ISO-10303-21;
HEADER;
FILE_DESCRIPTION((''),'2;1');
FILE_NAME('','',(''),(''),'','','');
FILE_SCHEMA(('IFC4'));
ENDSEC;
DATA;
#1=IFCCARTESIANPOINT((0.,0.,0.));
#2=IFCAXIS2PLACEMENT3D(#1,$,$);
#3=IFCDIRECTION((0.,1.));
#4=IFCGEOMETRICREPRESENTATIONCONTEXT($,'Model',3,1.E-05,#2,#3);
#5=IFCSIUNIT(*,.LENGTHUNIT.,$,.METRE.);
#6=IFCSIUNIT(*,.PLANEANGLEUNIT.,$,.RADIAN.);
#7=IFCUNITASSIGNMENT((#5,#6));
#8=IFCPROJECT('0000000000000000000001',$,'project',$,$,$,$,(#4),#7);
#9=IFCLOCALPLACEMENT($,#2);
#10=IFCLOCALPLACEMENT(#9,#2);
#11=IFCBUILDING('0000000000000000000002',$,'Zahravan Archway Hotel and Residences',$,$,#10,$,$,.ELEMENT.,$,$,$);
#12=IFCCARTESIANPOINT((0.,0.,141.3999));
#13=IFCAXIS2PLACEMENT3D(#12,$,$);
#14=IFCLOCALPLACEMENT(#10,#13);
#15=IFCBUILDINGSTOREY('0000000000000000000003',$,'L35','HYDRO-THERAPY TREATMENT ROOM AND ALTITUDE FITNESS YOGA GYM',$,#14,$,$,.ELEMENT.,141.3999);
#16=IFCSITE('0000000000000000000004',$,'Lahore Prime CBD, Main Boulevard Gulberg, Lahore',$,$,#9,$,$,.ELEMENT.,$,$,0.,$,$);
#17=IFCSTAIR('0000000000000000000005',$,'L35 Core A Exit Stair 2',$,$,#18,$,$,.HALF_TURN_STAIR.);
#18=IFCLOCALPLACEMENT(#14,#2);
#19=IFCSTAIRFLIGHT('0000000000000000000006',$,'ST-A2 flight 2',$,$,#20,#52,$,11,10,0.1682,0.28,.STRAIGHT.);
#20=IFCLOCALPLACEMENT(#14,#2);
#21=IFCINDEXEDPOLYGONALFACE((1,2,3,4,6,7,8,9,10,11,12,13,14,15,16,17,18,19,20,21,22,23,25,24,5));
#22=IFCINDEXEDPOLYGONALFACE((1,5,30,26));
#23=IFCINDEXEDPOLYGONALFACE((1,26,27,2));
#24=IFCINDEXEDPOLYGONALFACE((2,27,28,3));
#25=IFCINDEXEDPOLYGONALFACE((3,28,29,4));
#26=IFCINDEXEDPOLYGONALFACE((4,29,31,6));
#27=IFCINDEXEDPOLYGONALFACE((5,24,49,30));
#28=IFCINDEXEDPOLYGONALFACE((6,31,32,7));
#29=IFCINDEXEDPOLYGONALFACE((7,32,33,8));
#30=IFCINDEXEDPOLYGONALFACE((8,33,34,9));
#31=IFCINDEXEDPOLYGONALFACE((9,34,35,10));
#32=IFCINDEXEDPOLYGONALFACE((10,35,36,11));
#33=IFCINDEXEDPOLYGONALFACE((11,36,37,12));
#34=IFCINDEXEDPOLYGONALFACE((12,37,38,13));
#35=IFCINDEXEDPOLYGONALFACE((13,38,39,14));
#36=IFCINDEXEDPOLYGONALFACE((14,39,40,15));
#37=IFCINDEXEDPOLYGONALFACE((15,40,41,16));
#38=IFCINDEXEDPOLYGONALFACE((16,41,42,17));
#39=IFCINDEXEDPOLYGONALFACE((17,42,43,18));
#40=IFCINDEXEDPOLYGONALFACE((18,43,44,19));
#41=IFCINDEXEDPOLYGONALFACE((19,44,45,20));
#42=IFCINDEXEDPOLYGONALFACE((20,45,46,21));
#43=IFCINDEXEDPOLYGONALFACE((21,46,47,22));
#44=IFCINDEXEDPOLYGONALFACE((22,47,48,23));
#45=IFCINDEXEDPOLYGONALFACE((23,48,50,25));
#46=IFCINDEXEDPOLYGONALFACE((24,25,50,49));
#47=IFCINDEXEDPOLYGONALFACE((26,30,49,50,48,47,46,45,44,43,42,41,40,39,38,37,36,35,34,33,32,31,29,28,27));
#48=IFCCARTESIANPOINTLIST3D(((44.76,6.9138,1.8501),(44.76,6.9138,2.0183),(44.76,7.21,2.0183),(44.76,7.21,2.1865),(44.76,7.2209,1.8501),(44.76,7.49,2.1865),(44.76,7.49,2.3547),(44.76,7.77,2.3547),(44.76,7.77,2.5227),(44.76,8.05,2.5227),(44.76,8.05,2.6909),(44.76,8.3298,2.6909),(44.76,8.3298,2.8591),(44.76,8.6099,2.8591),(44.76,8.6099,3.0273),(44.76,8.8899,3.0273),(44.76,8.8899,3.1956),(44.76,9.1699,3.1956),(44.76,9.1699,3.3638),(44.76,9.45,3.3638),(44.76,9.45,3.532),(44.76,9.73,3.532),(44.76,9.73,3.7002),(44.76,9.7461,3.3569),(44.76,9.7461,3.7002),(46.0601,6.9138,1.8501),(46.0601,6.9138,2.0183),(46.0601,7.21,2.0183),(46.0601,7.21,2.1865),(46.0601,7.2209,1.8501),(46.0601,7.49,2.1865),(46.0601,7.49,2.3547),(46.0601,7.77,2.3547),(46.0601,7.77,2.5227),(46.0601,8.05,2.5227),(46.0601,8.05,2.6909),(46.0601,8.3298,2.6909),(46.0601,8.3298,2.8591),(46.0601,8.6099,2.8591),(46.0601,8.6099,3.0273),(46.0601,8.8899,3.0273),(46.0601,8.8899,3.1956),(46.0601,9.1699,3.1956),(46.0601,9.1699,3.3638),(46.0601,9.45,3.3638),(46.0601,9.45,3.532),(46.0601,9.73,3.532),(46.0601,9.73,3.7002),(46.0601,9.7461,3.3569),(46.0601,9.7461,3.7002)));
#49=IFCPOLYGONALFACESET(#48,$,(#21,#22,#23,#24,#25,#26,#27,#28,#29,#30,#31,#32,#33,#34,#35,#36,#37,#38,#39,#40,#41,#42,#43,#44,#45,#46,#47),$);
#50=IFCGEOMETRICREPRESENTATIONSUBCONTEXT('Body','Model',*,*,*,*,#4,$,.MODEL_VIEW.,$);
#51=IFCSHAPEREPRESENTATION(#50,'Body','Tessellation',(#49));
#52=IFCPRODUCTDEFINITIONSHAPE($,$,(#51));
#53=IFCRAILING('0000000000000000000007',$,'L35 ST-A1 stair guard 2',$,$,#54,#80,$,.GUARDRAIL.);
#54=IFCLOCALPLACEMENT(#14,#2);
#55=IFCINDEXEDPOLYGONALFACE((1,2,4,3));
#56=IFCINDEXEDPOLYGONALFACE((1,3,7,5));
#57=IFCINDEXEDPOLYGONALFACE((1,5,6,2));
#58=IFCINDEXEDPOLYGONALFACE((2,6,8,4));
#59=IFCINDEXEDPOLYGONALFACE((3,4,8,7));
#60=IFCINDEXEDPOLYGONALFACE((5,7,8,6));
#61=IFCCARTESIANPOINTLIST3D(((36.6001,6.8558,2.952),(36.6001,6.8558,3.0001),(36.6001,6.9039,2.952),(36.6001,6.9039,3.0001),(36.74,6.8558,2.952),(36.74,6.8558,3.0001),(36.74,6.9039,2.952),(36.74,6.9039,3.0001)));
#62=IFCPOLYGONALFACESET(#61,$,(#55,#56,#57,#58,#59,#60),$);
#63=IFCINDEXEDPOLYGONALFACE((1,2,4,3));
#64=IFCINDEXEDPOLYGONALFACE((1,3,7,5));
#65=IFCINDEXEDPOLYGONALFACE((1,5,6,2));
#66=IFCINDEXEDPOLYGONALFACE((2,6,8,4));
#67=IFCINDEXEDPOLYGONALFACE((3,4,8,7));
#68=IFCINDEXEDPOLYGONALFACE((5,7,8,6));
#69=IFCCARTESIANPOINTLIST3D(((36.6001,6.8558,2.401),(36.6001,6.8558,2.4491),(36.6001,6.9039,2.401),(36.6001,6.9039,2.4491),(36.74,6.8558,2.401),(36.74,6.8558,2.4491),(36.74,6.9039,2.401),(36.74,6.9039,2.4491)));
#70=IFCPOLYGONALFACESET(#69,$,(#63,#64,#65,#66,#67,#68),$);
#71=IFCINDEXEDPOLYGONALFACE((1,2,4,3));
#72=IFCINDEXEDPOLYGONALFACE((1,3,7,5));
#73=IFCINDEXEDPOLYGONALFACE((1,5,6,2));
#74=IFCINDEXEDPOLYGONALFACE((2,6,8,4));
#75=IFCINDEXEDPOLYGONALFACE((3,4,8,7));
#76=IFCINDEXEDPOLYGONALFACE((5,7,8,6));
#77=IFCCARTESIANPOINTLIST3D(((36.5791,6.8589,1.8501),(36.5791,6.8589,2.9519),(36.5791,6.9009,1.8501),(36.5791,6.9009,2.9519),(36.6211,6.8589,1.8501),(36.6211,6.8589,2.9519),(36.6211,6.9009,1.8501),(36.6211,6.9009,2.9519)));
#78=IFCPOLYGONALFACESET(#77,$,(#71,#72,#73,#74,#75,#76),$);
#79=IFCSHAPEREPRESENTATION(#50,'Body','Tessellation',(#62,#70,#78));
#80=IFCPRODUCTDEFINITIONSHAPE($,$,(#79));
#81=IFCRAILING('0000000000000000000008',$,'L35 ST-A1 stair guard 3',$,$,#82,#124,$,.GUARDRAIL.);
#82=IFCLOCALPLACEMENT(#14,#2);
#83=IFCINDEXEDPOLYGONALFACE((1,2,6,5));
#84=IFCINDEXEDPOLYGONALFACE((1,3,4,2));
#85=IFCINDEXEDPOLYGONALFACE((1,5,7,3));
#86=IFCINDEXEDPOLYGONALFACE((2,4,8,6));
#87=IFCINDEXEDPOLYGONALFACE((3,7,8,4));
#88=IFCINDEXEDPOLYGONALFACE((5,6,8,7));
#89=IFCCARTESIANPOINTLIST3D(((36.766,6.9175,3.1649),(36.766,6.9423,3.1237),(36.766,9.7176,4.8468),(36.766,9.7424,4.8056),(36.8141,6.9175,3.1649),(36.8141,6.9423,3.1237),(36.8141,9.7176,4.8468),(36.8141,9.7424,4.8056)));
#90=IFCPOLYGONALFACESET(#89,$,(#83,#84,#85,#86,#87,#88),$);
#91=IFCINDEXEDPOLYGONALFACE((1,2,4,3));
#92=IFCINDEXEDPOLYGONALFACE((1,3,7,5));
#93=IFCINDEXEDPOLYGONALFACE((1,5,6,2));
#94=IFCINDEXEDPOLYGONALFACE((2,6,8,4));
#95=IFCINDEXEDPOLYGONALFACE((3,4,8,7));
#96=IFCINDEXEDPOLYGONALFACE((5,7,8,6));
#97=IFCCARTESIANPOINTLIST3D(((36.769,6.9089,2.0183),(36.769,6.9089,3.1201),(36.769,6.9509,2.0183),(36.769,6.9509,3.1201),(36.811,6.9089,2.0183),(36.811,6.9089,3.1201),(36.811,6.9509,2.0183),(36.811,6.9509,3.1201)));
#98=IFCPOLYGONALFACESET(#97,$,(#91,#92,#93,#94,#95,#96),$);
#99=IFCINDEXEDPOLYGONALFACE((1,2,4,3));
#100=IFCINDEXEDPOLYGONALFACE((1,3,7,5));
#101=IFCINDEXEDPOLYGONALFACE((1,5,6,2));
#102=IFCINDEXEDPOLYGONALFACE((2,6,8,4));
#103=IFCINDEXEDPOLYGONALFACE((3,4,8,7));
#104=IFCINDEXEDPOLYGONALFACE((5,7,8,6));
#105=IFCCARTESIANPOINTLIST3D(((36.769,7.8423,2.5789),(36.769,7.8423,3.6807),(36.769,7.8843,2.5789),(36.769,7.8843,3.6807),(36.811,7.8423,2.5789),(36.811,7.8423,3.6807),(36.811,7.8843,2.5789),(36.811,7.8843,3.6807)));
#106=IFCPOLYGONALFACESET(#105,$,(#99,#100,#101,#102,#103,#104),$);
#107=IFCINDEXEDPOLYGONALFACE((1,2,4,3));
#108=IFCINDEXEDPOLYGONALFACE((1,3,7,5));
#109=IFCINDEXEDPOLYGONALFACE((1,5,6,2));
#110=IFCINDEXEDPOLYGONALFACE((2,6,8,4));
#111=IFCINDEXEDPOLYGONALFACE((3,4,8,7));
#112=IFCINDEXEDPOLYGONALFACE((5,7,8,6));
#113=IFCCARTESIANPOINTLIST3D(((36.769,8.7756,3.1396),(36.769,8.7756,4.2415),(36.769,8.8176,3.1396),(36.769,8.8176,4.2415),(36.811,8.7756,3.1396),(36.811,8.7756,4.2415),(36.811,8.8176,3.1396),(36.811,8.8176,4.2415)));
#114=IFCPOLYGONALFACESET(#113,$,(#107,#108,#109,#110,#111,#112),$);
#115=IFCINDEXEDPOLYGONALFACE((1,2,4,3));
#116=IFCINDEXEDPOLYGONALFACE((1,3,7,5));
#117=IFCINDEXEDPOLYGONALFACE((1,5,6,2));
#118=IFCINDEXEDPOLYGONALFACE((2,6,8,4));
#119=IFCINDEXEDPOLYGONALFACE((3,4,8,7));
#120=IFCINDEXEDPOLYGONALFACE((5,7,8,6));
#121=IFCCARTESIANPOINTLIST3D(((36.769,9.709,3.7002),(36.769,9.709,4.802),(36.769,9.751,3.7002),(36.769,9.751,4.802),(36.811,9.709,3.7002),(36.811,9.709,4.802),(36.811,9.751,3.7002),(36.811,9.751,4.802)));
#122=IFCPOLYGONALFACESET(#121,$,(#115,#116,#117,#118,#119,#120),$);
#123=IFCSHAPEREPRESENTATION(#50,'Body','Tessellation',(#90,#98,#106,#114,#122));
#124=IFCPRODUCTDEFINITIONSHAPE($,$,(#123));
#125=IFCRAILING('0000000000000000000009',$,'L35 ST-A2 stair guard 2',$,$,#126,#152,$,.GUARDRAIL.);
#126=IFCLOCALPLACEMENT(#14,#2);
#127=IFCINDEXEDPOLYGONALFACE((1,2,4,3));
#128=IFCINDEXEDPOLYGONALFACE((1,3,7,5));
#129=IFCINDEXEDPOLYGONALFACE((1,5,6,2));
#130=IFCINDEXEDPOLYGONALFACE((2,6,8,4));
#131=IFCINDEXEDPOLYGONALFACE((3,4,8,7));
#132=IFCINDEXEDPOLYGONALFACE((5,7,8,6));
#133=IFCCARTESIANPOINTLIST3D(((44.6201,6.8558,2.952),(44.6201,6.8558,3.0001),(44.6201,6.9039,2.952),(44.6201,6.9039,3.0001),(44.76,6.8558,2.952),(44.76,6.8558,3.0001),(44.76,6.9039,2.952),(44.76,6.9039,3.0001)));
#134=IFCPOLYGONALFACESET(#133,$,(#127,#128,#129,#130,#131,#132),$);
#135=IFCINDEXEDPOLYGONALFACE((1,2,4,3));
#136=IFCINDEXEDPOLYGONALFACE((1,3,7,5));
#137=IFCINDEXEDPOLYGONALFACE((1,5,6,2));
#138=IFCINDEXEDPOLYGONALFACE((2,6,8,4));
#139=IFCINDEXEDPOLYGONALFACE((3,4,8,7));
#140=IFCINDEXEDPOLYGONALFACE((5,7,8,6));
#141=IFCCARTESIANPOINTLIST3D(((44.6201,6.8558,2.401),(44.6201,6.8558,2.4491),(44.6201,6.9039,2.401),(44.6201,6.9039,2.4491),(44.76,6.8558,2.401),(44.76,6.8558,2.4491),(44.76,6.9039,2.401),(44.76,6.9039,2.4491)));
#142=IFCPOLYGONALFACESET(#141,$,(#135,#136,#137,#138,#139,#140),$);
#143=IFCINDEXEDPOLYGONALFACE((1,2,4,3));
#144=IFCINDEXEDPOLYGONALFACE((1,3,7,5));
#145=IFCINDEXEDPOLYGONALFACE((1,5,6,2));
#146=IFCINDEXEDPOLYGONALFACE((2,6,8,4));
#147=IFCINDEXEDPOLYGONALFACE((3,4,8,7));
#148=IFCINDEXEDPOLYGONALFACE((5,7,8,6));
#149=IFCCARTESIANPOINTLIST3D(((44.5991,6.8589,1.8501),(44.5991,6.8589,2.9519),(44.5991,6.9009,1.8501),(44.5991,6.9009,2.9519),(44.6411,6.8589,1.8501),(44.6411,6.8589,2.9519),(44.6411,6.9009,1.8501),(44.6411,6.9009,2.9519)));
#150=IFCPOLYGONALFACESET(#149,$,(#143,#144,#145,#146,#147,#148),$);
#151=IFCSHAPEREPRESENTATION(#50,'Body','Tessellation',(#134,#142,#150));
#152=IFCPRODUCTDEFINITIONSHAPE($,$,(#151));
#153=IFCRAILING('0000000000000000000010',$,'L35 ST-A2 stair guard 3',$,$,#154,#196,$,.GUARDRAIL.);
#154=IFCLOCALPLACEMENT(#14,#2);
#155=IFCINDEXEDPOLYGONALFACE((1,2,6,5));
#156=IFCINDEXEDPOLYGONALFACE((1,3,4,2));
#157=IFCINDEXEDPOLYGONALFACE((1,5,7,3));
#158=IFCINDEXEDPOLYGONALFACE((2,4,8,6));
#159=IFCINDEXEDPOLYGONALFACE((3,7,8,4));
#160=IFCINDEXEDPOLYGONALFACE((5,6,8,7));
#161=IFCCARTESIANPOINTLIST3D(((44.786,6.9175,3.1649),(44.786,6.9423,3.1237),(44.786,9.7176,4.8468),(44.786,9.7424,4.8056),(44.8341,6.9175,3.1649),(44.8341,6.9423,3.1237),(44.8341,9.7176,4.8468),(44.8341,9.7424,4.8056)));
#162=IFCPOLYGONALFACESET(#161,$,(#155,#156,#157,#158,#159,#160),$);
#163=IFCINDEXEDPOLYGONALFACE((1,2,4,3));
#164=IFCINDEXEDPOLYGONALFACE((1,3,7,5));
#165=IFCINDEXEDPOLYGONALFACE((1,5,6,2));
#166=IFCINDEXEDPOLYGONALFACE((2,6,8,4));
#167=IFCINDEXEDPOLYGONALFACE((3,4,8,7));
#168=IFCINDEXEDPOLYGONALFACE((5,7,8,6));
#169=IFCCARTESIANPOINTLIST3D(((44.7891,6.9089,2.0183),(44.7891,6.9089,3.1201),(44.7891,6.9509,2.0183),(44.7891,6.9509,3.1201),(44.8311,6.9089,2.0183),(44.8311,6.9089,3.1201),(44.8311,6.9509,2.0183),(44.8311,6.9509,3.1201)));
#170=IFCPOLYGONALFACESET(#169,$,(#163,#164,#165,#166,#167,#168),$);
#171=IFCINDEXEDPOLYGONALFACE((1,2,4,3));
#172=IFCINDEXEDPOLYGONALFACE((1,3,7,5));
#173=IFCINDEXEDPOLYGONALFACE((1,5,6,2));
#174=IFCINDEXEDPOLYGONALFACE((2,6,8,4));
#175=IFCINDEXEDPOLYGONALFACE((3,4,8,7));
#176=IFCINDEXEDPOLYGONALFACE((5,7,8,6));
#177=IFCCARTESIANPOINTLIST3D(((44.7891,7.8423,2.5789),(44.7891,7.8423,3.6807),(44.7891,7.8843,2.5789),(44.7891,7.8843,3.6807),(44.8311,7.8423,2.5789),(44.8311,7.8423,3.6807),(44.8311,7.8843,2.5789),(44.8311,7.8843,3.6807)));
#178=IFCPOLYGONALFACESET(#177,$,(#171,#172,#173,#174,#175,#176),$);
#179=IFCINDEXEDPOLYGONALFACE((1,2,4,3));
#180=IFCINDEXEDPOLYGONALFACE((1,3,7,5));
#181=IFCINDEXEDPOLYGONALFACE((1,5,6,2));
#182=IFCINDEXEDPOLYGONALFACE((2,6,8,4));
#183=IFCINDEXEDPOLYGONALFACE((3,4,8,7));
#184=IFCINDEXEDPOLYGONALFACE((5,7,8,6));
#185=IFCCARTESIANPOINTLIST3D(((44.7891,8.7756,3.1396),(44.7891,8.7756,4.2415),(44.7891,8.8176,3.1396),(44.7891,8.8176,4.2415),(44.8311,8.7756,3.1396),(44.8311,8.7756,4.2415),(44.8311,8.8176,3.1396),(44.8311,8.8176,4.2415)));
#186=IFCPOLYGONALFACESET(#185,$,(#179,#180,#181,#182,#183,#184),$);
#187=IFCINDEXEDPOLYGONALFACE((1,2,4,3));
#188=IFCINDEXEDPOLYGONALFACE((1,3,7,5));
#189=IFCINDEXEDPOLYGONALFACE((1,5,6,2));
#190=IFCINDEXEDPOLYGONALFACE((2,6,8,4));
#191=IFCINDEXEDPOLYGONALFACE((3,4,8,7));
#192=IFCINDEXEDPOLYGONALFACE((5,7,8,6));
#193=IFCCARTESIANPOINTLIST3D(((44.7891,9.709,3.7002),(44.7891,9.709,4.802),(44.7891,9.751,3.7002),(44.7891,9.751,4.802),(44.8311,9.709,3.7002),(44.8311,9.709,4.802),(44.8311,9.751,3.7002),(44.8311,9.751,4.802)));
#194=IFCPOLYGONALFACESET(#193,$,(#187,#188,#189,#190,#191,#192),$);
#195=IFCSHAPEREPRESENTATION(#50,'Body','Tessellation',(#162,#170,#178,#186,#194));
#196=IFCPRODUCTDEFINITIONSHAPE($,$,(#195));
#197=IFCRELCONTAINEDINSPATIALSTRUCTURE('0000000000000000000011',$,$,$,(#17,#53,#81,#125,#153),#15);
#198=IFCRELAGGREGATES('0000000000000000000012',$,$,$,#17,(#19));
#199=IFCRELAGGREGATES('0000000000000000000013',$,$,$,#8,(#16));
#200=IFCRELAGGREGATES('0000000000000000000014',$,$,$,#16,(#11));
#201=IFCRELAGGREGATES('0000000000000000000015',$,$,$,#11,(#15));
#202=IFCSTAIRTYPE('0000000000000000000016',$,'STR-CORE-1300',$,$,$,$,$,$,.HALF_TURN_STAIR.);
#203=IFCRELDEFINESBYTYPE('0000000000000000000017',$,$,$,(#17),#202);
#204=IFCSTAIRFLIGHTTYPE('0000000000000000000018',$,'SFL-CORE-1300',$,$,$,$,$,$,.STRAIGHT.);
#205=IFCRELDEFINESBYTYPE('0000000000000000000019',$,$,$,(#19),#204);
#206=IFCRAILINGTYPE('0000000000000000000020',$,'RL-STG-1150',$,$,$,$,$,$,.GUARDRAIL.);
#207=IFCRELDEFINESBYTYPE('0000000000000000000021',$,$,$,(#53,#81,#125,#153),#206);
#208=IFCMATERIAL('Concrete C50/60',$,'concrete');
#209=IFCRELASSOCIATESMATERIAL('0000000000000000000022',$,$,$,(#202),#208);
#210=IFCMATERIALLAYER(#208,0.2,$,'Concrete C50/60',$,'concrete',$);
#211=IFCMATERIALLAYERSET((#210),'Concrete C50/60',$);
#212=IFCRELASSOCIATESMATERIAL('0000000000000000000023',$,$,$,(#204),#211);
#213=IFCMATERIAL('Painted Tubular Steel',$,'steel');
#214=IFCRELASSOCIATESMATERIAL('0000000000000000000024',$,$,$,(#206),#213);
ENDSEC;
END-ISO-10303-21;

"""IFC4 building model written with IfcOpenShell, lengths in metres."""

from ifc_helpers import new_model, si_unit, direction, frame, origin, origin_2d, place, context, subcontext, project, spatial, polyline, rectangle, outline, extrude, source, transform, mapped, material, layer, layer_set, type_object, element, aggregate, save


model = new_model("IFC4")

# Units and contexts
model_context = context("Model", 3, precision=1e-05, world=origin(), true_north=direction((0.0, 1.0)))
body_context = subcontext(model_context, "Body", "Model", "MODEL_VIEW")
ifc_project = project(units=[si_unit("LENGTHUNIT", "METRE"), si_unit("PLANEANGLEUNIT", "RADIAN")], contexts=[model_context])

# Site, building, storey
site_placement = place(None, origin())
site = spatial("IfcSite", under=ifc_project, at=site_placement, Name="Lahore Prime CBD, Main Boulevard Gulberg, Lahore", CompositionType="ELEMENT", RefElevation=0.0)
building_placement = place(site_placement, origin())
building = spatial("IfcBuilding", under=site, at=building_placement, Name="Zahravan Archway Hotel and Residences", CompositionType="ELEMENT")
storey_placement = place(building_placement, frame((0.0, 0.0, 141.3999)))
storey = spatial("IfcBuildingStorey", under=building, at=storey_placement, Name="L35", Description="HYDRO-THERAPY TREATMENT ROOM AND ALTITUDE FITNESS YOGA GYM", CompositionType="ELEMENT", Elevation=141.3999)

# Shared definitions
ifc_material_1 = material(Name="Concrete C50/60", Category="concrete")

# Stair, stair flight
stair_type = type_object("IfcStairType", Name="STR-CORE-1300", PredefinedType="HALF_TURN_STAIR", material=ifc_material_1)
ifc_layer_1 = layer(ifc_material_1, 0.2, Name="Concrete C50/60", Category="concrete")
ifc_layer_set_1 = layer_set([ifc_layer_1], Name="Concrete C50/60")
stair_flight_type = type_object("IfcStairFlightType", Name="SFL-CORE-1300", PredefinedType="STRAIGHT", material=ifc_layer_set_1)
shared_shape_1 = source(origin(), body_context, "Body", "SweptSolid", [
    extrude(outline(polyline([(-0.0161, 0.0), (-0.0161, 0.1682), (0.28, 0.1682), (0.28, 0.3364), (0.5601, 0.3364), (0.5601, 0.5046), (0.8401, 0.5046), (0.8401, 0.6726), (1.1201, 0.6726), (1.1201, 0.8408), (1.3999, 0.8408), (1.3999, 1.009), (1.6799, 1.009), (1.6799, 1.1772), (1.96, 1.1772), (1.96, 1.3455), (2.24, 1.3455), (2.24, 1.5137), (2.52, 1.5137), (2.52, 1.6819), (2.8, 1.6819), (2.8, 1.8501), (2.8162, 1.8501), (2.8162, 1.5068), (0.291, 0.0), (-0.0161, 0.0)])), frame((0.0, 0.6499, 0.0), z_axis=(0.0, -1.0, 0.0), x_axis=(1.0, 0.0, 0.0)), (0.0, 0.0, 1.0), 1.3),
])
stair_1_placement = place(storey_placement, origin())
stair_1 = element("IfcStair", 1, at=stair_1_placement, inside=storey, type_object=stair_type, Name="L35 Core A Exit Stair 2", PredefinedType="HALF_TURN_STAIR")
stair_flight_1_placement = place(storey_placement, frame((45.4099, 6.9299, 1.8501), z_axis=(0.0, 0.0, 1.0), x_axis=(0.0, 1.0, 0.0)))
stair_flight_1 = element("IfcStairFlight", 2, at=stair_flight_1_placement, type_object=stair_flight_type, Name="ST-A2 flight 2", NumberOfRisers=11, NumberOfTreads=10, PredefinedType="STRAIGHT", RiserHeight=0.1682, TreadLength=0.28, context=body_context, shape_type="MappedRepresentation", body=[
    mapped(shared_shape_1, transform((0.0, 0.0, 0.0), scale=1.0)),
])
aggregate(stair_1, [stair_flight_1])

# Railings
ifc_material_2 = material(Name="Painted Tubular Steel", Category="steel")
railing_type_1 = type_object("IfcRailingType", Name="RL-STG-1150", PredefinedType="GUARDRAIL", material=ifc_material_2)
railing_1_placement = place(storey_placement, frame((36.6001, 6.8799, 1.8501)))
element("IfcRailing", 3, at=railing_1_placement, inside=storey, type_object=railing_type_1, Name="L35 ST-A1 stair guard 2", PredefinedType="GUARDRAIL", context=body_context, shape_type="SweptSolid", body=[
    extrude(rectangle(XDim=0.0481, YDim=0.0481, at=origin_2d()), frame((0.0, 0.0, 1.126), z_axis=(1.0, 0.0, 0.0), x_axis=(0.0, 1.0, 0.0)), (0.0, 0.0, 1.0), 0.1399),
    extrude(rectangle(XDim=0.0481, YDim=0.0481, at=origin_2d()), frame((0.0, 0.0, 0.575), z_axis=(1.0, 0.0, 0.0), x_axis=(0.0, 1.0, 0.0)), (0.0, 0.0, 1.0), 0.1399),
    extrude(rectangle(XDim=0.042, YDim=0.042, at=origin_2d()), origin(), (0.0, 0.0, 1.0), 1.1018),
])
railing_2_placement = place(storey_placement, frame((36.79, 6.9299, 2.0183)))
element("IfcRailing", 4, at=railing_2_placement, inside=storey, type_object=railing_type_1, Name="L35 ST-A1 stair guard 3", PredefinedType="GUARDRAIL", context=body_context, shape_type="SweptSolid", body=[
    extrude(rectangle(XDim=0.0481, YDim=0.0481, at=origin_2d()), frame((0.0, 0.0, 1.126), z_axis=(0.0, 0.857242, 0.514913), x_axis=(-1.0, 0.0, 0.0)), (0.0, 0.0, 1.0), 3.2664),
    extrude(rectangle(XDim=0.042, YDim=0.042, at=origin_2d()), origin(), (0.0, 0.0, 1.0), 1.1018),
    extrude(rectangle(XDim=0.042, YDim=0.042, at=origin_2d()), frame((0.0, 0.9333, 0.5605)), (0.0, 0.0, 1.0), 1.1018),
    extrude(rectangle(XDim=0.042, YDim=0.042, at=origin_2d()), frame((0.0, 1.8667, 1.1213)), (0.0, 0.0, 1.0), 1.1018),
    extrude(rectangle(XDim=0.042, YDim=0.042, at=origin_2d()), frame((0.0, 2.8, 1.6819)), (0.0, 0.0, 1.0), 1.1018),
])
railing_3_placement = place(storey_placement, frame((44.6201, 6.8799, 1.8501)))
element("IfcRailing", 5, at=railing_3_placement, inside=storey, type_object=railing_type_1, Name="L35 ST-A2 stair guard 2", PredefinedType="GUARDRAIL", context=body_context, shape_type="SweptSolid", body=[
    extrude(rectangle(XDim=0.0481, YDim=0.0481, at=origin_2d()), frame((0.0, 0.0, 1.126), z_axis=(1.0, 0.0, 0.0), x_axis=(0.0, 1.0, 0.0)), (0.0, 0.0, 1.0), 0.1399),
    extrude(rectangle(XDim=0.0481, YDim=0.0481, at=origin_2d()), frame((0.0, 0.0, 0.575), z_axis=(1.0, 0.0, 0.0), x_axis=(0.0, 1.0, 0.0)), (0.0, 0.0, 1.0), 0.1399),
    extrude(rectangle(XDim=0.042, YDim=0.042, at=origin_2d()), origin(), (0.0, 0.0, 1.0), 1.1018),
])
railing_4_placement = place(storey_placement, frame((44.8101, 6.9299, 2.0183)))
element("IfcRailing", 6, at=railing_4_placement, inside=storey, type_object=railing_type_1, Name="L35 ST-A2 stair guard 3", PredefinedType="GUARDRAIL", context=body_context, shape_type="SweptSolid", body=[
    extrude(rectangle(XDim=0.0481, YDim=0.0481, at=origin_2d()), frame((0.0, 0.0, 1.126), z_axis=(0.0, 0.857242, 0.514913), x_axis=(-1.0, 0.0, 0.0)), (0.0, 0.0, 1.0), 3.2664),
    extrude(rectangle(XDim=0.042, YDim=0.042, at=origin_2d()), origin(), (0.0, 0.0, 1.0), 1.1018),
    extrude(rectangle(XDim=0.042, YDim=0.042, at=origin_2d()), frame((0.0, 0.9333, 0.5605)), (0.0, 0.0, 1.0), 1.1018),
    extrude(rectangle(XDim=0.042, YDim=0.042, at=origin_2d()), frame((0.0, 1.8667, 1.1213)), (0.0, 0.0, 1.0), 1.1018),
    extrude(rectangle(XDim=0.042, YDim=0.042, at=origin_2d()), frame((0.0, 2.8, 1.6819)), (0.0, 0.0, 1.0), 1.1018),
])

save(model, "model.ifc")
